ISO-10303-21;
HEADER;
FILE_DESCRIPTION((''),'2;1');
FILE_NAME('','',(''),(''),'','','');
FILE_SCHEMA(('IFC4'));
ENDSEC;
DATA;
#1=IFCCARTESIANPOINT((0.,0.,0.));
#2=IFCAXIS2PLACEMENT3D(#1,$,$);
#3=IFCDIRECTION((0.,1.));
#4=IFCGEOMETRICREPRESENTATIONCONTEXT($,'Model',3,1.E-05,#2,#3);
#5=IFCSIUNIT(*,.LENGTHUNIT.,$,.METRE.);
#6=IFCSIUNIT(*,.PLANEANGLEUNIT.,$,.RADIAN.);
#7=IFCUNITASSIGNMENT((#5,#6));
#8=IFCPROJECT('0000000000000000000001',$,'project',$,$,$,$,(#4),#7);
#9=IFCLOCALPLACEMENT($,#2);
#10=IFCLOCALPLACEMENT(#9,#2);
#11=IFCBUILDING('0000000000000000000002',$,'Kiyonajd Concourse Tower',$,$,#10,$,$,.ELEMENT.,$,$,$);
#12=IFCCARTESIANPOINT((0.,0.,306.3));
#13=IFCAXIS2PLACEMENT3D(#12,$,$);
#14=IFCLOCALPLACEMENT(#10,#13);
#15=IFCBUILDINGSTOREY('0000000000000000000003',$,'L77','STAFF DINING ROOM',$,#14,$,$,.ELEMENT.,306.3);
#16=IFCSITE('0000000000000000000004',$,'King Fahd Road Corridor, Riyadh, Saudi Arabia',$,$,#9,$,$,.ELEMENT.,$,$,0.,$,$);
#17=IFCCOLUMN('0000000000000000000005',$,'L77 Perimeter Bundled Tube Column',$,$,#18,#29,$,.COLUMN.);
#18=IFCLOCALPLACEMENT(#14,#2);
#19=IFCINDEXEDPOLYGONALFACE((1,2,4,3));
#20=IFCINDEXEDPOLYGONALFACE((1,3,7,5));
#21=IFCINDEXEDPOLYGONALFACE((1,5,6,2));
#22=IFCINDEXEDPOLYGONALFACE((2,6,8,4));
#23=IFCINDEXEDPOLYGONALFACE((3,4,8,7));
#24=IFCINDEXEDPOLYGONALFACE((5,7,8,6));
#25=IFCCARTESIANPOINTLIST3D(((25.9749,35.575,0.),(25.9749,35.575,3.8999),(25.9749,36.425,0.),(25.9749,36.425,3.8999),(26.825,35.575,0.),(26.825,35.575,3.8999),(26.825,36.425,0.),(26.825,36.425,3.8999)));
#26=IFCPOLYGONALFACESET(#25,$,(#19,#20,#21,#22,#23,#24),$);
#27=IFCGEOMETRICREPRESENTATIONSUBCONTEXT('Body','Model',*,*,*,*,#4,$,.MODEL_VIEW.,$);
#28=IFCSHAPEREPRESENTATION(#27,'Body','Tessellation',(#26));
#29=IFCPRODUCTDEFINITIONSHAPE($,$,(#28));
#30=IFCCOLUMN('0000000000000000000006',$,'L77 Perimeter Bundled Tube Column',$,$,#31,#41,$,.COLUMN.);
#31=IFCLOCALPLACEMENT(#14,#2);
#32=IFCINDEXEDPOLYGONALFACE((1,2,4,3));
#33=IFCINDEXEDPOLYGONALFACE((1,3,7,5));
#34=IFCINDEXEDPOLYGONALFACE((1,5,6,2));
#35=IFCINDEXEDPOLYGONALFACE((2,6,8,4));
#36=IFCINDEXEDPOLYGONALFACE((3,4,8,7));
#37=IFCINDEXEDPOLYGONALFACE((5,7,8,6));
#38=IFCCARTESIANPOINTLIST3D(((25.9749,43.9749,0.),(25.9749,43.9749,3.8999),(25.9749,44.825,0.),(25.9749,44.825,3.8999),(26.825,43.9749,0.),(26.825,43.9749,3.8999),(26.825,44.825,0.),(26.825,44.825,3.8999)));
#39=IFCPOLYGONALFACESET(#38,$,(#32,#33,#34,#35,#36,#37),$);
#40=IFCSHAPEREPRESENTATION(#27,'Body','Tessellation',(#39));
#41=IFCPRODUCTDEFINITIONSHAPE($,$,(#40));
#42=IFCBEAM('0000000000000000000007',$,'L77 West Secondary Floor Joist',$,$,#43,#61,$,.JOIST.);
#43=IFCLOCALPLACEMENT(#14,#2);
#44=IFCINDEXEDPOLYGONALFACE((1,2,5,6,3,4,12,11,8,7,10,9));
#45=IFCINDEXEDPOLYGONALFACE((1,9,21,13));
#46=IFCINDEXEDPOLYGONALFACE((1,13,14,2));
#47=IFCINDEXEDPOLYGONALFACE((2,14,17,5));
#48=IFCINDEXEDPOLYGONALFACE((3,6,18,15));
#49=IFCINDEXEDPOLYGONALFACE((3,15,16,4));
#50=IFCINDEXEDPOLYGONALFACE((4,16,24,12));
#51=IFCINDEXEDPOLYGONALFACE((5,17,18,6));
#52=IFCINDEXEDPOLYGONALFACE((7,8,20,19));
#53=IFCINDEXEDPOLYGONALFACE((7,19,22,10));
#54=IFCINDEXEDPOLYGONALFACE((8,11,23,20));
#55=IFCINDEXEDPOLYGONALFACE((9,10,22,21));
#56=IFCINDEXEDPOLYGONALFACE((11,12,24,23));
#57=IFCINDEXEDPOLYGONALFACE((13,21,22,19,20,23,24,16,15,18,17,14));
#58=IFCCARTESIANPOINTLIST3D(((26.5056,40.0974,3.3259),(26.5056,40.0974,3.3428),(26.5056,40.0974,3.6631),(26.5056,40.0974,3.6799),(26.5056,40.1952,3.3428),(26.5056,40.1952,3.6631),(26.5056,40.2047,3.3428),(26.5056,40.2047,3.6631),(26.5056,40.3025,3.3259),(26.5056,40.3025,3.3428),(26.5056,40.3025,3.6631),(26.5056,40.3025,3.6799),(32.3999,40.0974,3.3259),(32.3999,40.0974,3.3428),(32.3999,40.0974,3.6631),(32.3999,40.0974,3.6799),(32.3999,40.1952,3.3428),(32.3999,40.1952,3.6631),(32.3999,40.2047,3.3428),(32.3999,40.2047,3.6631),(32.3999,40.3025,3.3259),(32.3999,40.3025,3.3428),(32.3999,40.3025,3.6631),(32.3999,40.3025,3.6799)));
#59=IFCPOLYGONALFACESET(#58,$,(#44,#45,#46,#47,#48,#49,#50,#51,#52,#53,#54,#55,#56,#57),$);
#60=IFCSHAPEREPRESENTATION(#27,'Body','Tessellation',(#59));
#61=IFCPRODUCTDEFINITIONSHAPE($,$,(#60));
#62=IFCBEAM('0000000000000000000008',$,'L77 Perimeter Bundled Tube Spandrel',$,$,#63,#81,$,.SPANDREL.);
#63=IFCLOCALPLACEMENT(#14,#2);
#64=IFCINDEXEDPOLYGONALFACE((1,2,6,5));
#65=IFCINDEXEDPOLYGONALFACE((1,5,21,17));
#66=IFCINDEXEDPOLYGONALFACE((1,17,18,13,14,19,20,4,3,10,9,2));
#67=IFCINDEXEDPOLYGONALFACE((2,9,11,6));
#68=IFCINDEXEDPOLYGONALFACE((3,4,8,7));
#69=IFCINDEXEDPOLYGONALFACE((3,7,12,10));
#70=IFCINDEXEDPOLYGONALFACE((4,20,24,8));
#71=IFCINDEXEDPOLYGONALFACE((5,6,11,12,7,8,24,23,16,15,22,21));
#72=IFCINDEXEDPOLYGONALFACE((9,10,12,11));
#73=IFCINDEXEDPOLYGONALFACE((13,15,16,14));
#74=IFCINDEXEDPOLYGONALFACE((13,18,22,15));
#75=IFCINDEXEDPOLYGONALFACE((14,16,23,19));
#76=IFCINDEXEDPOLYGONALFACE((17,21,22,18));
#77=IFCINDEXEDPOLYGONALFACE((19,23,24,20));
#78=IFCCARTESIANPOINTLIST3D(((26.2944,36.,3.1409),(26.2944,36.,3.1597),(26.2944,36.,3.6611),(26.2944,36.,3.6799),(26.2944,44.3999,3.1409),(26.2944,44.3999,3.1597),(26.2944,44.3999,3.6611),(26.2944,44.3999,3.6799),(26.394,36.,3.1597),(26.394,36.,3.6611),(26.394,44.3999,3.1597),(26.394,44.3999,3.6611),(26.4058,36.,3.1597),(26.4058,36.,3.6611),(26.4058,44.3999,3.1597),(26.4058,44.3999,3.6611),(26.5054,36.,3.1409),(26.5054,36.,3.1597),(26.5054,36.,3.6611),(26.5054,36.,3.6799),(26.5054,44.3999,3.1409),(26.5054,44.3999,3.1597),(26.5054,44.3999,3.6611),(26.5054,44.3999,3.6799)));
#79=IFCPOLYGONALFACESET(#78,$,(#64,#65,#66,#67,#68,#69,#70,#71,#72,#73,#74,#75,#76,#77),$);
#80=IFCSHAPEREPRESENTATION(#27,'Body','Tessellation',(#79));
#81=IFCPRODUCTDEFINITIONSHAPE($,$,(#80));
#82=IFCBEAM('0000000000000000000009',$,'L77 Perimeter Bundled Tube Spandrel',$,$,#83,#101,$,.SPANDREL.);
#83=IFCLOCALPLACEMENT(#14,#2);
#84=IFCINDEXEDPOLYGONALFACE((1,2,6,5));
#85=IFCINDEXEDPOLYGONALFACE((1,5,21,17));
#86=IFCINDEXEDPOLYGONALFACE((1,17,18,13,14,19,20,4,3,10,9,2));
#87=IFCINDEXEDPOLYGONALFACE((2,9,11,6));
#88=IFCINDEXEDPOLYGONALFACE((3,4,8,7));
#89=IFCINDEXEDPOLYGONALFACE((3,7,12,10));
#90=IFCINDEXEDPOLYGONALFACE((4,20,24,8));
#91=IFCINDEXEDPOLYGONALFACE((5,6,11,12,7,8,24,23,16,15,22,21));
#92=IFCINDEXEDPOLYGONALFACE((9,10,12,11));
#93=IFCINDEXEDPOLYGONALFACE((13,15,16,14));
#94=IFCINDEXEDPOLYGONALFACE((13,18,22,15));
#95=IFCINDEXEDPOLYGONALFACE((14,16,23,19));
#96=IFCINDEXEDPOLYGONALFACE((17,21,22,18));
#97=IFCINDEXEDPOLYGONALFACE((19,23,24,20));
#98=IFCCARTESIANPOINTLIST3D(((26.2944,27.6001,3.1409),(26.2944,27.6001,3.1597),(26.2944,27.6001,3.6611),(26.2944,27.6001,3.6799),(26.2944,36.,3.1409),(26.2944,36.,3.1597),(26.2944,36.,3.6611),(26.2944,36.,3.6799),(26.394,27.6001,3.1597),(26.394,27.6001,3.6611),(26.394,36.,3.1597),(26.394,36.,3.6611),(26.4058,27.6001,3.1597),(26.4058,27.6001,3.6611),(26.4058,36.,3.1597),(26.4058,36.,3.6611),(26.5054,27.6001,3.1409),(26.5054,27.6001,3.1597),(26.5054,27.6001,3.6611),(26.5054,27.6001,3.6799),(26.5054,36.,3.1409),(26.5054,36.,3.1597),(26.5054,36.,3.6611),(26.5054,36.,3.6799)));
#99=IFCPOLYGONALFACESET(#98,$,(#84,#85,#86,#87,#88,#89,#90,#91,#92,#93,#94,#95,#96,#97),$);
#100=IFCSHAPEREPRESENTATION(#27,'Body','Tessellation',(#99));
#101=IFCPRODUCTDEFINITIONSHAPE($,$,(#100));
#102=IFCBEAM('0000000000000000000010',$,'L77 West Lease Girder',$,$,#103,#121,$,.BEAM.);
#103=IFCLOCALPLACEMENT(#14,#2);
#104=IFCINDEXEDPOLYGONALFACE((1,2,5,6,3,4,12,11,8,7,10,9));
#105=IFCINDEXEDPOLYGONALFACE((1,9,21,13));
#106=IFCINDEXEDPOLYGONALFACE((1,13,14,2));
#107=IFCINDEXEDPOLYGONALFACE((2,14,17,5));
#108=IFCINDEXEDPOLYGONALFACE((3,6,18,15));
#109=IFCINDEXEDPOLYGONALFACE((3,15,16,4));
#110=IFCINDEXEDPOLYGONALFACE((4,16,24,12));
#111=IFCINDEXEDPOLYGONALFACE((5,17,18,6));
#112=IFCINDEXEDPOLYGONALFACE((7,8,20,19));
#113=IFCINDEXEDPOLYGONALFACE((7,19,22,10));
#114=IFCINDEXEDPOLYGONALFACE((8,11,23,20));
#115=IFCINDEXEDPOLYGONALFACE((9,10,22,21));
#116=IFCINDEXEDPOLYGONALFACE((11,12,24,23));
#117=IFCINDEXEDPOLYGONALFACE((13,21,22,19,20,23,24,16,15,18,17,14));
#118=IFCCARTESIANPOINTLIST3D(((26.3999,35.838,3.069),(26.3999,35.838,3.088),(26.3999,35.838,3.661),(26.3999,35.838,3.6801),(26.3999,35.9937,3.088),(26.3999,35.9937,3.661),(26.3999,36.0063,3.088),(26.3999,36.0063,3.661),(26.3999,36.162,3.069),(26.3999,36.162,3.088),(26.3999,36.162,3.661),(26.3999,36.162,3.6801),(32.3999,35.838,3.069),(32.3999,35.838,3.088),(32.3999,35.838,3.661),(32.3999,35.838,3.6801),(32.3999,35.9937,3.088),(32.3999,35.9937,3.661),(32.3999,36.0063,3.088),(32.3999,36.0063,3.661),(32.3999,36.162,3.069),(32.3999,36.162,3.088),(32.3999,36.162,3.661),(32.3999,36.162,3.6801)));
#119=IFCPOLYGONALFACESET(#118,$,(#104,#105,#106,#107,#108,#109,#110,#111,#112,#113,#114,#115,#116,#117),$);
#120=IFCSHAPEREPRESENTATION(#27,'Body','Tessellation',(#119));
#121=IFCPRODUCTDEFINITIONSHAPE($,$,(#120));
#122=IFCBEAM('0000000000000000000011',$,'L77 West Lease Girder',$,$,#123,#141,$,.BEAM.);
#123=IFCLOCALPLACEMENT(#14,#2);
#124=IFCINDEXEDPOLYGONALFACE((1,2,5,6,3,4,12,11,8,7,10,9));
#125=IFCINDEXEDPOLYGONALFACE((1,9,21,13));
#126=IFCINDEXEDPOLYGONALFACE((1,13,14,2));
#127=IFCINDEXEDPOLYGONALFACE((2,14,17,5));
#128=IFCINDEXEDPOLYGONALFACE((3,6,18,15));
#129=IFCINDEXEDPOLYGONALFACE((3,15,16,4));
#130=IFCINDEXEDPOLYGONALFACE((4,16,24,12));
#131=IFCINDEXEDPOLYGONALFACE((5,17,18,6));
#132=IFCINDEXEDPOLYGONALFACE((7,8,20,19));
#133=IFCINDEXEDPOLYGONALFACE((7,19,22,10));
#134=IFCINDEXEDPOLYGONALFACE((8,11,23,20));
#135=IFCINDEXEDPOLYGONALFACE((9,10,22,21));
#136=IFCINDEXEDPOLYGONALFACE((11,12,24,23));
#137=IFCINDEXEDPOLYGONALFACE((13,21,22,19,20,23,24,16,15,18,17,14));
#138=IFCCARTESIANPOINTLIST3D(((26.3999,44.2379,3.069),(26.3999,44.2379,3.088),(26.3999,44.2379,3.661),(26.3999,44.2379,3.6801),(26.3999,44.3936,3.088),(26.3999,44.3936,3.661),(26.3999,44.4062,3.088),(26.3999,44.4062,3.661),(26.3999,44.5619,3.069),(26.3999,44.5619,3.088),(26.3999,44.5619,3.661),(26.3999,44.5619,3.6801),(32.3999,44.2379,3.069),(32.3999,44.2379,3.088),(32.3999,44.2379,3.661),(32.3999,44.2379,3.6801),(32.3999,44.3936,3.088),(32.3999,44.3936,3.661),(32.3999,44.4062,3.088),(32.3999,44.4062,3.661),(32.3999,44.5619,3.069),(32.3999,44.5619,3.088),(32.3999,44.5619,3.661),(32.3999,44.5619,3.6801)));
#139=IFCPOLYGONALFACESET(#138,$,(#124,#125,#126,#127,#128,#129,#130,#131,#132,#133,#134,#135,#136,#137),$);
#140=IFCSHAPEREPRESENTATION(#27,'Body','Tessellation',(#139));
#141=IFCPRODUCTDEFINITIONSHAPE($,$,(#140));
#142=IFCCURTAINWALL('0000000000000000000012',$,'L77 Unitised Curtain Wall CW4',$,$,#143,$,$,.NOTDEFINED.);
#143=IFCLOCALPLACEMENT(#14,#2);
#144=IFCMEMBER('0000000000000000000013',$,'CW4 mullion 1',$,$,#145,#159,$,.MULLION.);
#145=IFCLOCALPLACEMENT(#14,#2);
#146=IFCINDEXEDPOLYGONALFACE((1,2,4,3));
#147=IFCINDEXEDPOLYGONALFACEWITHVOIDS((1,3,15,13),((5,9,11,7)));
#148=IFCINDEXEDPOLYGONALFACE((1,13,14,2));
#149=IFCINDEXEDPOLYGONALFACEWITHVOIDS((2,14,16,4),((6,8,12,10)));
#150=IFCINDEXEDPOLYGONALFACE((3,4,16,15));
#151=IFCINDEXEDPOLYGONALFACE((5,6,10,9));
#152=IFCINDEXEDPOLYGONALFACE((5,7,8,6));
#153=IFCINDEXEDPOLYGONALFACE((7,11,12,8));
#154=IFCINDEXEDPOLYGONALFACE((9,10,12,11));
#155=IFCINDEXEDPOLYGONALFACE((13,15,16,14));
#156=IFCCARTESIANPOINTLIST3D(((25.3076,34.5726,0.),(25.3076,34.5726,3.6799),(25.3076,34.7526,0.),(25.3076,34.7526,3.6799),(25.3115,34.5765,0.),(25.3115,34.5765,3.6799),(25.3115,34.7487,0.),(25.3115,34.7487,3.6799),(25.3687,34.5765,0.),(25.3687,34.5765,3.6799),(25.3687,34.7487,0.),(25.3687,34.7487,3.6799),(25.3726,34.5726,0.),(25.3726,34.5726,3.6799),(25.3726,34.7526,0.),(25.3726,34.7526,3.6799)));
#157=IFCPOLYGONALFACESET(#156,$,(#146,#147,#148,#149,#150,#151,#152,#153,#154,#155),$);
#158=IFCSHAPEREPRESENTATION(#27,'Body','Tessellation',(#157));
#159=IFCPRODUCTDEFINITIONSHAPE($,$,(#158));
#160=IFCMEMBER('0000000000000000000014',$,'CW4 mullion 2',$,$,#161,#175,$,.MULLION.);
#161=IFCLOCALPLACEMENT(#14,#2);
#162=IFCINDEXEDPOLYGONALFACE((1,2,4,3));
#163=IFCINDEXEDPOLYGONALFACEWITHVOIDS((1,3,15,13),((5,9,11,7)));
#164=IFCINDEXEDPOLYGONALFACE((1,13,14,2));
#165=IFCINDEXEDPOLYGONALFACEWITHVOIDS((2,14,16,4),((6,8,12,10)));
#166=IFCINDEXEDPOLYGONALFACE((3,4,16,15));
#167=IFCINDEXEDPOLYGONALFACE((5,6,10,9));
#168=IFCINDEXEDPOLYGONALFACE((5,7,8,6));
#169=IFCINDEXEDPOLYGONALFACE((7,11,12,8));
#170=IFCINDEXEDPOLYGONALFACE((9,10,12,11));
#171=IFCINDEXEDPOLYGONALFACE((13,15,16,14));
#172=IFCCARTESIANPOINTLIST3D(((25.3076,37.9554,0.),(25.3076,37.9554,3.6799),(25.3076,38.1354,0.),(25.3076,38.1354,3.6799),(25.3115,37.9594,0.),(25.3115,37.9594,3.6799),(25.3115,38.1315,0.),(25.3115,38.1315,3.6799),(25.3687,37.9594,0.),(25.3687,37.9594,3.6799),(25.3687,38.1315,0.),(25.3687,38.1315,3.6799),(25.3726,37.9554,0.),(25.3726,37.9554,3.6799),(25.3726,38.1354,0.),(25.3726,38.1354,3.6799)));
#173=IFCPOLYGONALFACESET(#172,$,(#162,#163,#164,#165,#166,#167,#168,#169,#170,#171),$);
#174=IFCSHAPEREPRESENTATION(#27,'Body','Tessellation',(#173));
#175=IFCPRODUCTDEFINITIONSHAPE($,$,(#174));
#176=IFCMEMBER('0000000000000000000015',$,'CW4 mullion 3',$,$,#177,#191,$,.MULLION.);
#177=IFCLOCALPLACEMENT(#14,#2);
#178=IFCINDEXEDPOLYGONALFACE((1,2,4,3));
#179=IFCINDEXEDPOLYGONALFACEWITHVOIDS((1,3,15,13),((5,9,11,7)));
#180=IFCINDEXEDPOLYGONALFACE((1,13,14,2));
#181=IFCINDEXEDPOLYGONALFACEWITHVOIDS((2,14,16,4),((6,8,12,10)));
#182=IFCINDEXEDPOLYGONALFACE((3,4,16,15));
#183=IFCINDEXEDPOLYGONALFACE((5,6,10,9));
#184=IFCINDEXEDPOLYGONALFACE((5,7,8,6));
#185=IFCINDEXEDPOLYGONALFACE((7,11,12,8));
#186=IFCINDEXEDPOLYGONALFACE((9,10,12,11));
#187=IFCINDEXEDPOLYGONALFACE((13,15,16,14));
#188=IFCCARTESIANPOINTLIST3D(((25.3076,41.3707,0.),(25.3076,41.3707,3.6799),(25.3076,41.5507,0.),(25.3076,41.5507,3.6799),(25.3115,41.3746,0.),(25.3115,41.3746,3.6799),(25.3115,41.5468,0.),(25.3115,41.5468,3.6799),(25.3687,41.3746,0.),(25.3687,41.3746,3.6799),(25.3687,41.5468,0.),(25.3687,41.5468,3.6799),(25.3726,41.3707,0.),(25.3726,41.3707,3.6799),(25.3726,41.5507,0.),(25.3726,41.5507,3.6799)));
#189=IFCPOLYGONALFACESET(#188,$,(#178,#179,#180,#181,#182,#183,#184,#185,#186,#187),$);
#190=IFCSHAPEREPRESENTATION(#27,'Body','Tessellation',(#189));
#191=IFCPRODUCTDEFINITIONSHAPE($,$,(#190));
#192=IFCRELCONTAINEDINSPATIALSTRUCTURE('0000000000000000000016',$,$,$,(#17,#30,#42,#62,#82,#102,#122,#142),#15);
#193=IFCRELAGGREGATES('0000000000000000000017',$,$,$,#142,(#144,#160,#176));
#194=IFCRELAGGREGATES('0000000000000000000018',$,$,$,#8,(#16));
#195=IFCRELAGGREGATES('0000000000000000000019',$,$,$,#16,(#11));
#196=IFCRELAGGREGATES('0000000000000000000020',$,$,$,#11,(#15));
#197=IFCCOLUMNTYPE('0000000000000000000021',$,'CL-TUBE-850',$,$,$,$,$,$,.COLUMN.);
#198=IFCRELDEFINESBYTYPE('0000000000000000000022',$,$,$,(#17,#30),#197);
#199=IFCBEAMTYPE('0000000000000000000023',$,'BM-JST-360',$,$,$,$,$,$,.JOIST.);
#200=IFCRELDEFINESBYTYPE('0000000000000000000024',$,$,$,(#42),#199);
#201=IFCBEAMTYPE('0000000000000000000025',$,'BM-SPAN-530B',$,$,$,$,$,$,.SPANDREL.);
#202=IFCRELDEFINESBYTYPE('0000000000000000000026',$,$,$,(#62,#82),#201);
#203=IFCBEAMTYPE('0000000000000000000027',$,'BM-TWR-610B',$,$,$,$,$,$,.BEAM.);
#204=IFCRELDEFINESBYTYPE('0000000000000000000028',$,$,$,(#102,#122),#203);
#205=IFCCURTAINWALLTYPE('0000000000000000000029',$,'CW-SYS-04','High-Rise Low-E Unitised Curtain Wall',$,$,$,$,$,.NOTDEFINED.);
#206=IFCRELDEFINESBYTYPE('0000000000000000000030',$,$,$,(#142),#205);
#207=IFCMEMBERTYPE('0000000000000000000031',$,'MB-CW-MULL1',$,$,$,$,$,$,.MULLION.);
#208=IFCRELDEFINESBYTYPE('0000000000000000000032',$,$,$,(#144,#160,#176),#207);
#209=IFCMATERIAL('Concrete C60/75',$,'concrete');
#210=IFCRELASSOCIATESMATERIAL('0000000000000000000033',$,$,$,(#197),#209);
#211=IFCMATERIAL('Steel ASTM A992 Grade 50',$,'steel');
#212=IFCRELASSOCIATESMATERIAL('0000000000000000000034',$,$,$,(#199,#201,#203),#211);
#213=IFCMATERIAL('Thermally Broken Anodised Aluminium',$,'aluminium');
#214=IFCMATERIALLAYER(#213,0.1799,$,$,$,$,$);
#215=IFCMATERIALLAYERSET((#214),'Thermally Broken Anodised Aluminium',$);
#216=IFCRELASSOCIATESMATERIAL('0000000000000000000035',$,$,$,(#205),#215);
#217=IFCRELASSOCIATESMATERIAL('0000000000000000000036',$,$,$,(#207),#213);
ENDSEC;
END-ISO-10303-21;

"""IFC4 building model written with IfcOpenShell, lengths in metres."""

from ifc_helpers import new_model, si_unit, direction, frame, origin, origin_2d, place, context, subcontext, project, spatial, rectangle, hollow_rectangle, i_section, extrude, material, layer, layer_set, material_profile, profile_set, type_object, element, aggregate, save


model = new_model("IFC4")

# Units and contexts
model_context = context("Model", 3, precision=1e-05, world=origin(), true_north=direction((0.0, 1.0)))
body_context = subcontext(model_context, "Body", "Model", "MODEL_VIEW")
ifc_project = project(units=[si_unit("LENGTHUNIT", "METRE"), si_unit("PLANEANGLEUNIT", "RADIAN")], contexts=[model_context])

# Site, building, storey
site_placement = place(None, origin())
site = spatial("IfcSite", under=ifc_project, at=site_placement, Name="King Fahd Road Corridor, Riyadh, Saudi Arabia", CompositionType="ELEMENT", RefElevation=0.0)
building_placement = place(site_placement, origin())
building = spatial("IfcBuilding", under=site, at=building_placement, Name="Kiyonajd Concourse Tower", CompositionType="ELEMENT")
storey_placement = place(building_placement, frame((0.0, 0.0, 306.3)))
storey = spatial("IfcBuildingStorey", under=building, at=storey_placement, Name="L77", Description="STAFF DINING ROOM", CompositionType="ELEMENT", Elevation=306.3)

# Columns
ifc_material_1 = material(Name="Concrete C60/75", Category="concrete")
ifc_material_profile_1 = material_profile(ifc_material_1, rectangle(XDim=0.8501, YDim=0.8501, at=origin_2d()), Name="RC-850x850")
ifc_profile_set_1 = profile_set([ifc_material_profile_1], Name="Concrete C60/75")
column_type = type_object("IfcColumnType", Name="CL-TUBE-850", PredefinedType="COLUMN", material=ifc_profile_set_1)
for number, where, z_axis, x_axis, name in (
    (1, (26.3999, 36.0, 0.0), (0.0, 0.0, 1.0), (1.0, 0.0, 0.0), "L77 Perimeter Bundled Tube Column"),
    (2, (26.3999, 44.3999, 0.0), (0.0, 0.0, 1.0), (1.0, 0.0, 0.0), "L77 Perimeter Bundled Tube Column"),
):
    element("IfcColumn", number, at=place(storey_placement, frame(where, z_axis=z_axis, x_axis=x_axis)), inside=storey, type_object=column_type, Name=name, PredefinedType="COLUMN", context=body_context, shape_type="SweptSolid", body=[
        extrude(rectangle(XDim=0.8501, YDim=0.8501, at=origin_2d()), origin(), (0.0, 0.0, 1.0), 3.8999),
    ])

# Beams
ifc_material_2 = material(Name="Steel ASTM A992 Grade 50", Category="steel")
ifc_material_profile_2 = material_profile(ifc_material_2, i_section(OverallWidth=0.2051, OverallDepth=0.354, WebThickness=0.0095, FlangeThickness=0.0168, at=origin_2d()), Name="W360X79")
ifc_profile_set_2 = profile_set([ifc_material_profile_2], Name="Steel ASTM A992 Grade 50")
beam_type_1 = type_object("IfcBeamType", Name="BM-JST-360", PredefinedType="JOIST", material=ifc_profile_set_2)
beam_placement = place(storey_placement, frame((26.5056, 40.2, 3.5029), z_axis=(1.0, 0.0, 0.0), x_axis=(0.0, 1.0, 0.0)))
element("IfcBeam", 3, at=beam_placement, inside=storey, type_object=beam_type_1, Name="L77 West Secondary Floor Joist", PredefinedType="JOIST", context=body_context, shape_type="SweptSolid", body=[
    extrude(i_section(OverallWidth=0.2051, OverallDepth=0.354, WebThickness=0.0095, FlangeThickness=0.0168, at=origin_2d()), origin(), (0.0, 0.0, 1.0), 5.8943),
])
ifc_material_profile_3 = material_profile(ifc_material_2, i_section(OverallWidth=0.2109, OverallDepth=0.5391, WebThickness=0.0117, FlangeThickness=0.0188, at=origin_2d()), Name="W530X109")
ifc_profile_set_3 = profile_set([ifc_material_profile_3], Name="Steel ASTM A992 Grade 50")
beam_type_2 = type_object("IfcBeamType", Name="BM-SPAN-530B", PredefinedType="SPANDREL", material=ifc_profile_set_3)
for number, where, z_axis, x_axis, name in (
    (4, (26.3999, 44.3999, 3.4104), (0.0, -1.0, 0.0), (1.0, 0.0, 0.0), "L77 Perimeter Bundled Tube Spandrel"),
    (5, (26.3999, 36.0, 3.4104), (0.0, -1.0, 0.0), (1.0, 0.0, 0.0), "L77 Perimeter Bundled Tube Spandrel"),
):
    element("IfcBeam", number, at=place(storey_placement, frame(where, z_axis=z_axis, x_axis=x_axis)), inside=storey, type_object=beam_type_2, Name=name, PredefinedType="SPANDREL", context=body_context, shape_type="SweptSolid", body=[
        extrude(i_section(OverallWidth=0.2109, OverallDepth=0.5391, WebThickness=0.0117, FlangeThickness=0.0188, at=origin_2d()), origin(), (0.0, 0.0, 1.0), 8.3999),
    ])
ifc_material_profile_4 = material_profile(ifc_material_2, i_section(OverallWidth=0.324, OverallDepth=0.6111, WebThickness=0.0127, FlangeThickness=0.019, at=origin_2d()), Name="W610X155")
ifc_profile_set_4 = profile_set([ifc_material_profile_4], Name="Steel ASTM A992 Grade 50")
beam_type_3 = type_object("IfcBeamType", Name="BM-TWR-610B", PredefinedType="BEAM", material=ifc_profile_set_4)
for number, where, z_axis, x_axis, name in (
    (6, (26.3999, 36.0, 3.3745), (1.0, 0.0, 0.0), (0.0, 1.0, 0.0), "L77 West Lease Girder"),
    (7, (26.3999, 44.3999, 3.3745), (1.0, 0.0, 0.0), (0.0, 1.0, 0.0), "L77 West Lease Girder"),
):
    element("IfcBeam", number, at=place(storey_placement, frame(where, z_axis=z_axis, x_axis=x_axis)), inside=storey, type_object=beam_type_3, Name=name, PredefinedType="BEAM", context=body_context, shape_type="SweptSolid", body=[
        extrude(i_section(OverallWidth=0.324, OverallDepth=0.6111, WebThickness=0.0127, FlangeThickness=0.019, at=origin_2d()), origin(), (0.0, 0.0, 1.0), 6.0),
    ])

# Curtain wall, members
ifc_material_3 = material(Name="Thermally Broken Anodised Aluminium", Category="aluminium")
ifc_layer_1 = layer(ifc_material_3, 0.1799)
ifc_layer_set_1 = layer_set([ifc_layer_1], Name="Thermally Broken Anodised Aluminium")
curtain_wall_type = type_object("IfcCurtainWallType", Name="CW-SYS-04", Description="High-Rise Low-E Unitised Curtain Wall", PredefinedType="NOTDEFINED", material=ifc_layer_set_1)
curtain_wall_placement = place(storey_placement, origin())
curtain_wall = element("IfcCurtainWall", 8, at=curtain_wall_placement, inside=storey, type_object=curtain_wall_type, Name="L77 Unitised Curtain Wall CW4", PredefinedType="NOTDEFINED")
ifc_material_profile_5 = material_profile(ifc_material_3, hollow_rectangle(XDim=0.0649, YDim=0.1799, WallThickness=0.0039, at=origin_2d()), Name="MULL-65x180")
ifc_profile_set_5 = profile_set([ifc_material_profile_5], Name="Thermally Broken Anodised Aluminium")
member_type_1 = type_object("IfcMemberType", Name="MB-CW-MULL1", PredefinedType="MULLION", material=ifc_profile_set_5)
member_1_placement = place(storey_placement, frame((25.3401, 34.6626, 0.0), z_axis=(0.0, 0.0, 1.0), x_axis=(-1.0, 0.0, 0.0)))
member_1 = element("IfcMember", 9, at=member_1_placement, type_object=member_type_1, Name="CW4 mullion 1", PredefinedType="MULLION", context=body_context, shape_type="SweptSolid", body=[
    extrude(hollow_rectangle(XDim=0.0649, YDim=0.1799, WallThickness=0.0039, at=origin_2d()), origin(), (0.0, 0.0, 1.0), 3.6799),
])
member_2_placement = place(storey_placement, frame((25.3401, 38.0454, 0.0), z_axis=(0.0, 0.0, 1.0), x_axis=(-1.0, 0.0, 0.0)))
member_2 = element("IfcMember", 10, at=member_2_placement, type_object=member_type_1, Name="CW4 mullion 2", PredefinedType="MULLION", context=body_context, shape_type="SweptSolid", body=[
    extrude(hollow_rectangle(XDim=0.0649, YDim=0.1799, WallThickness=0.0039, at=origin_2d()), origin(), (0.0, 0.0, 1.0), 3.6799),
])
member_3_placement = place(storey_placement, frame((25.3401, 41.4607, 0.0), z_axis=(0.0, 0.0, 1.0), x_axis=(-1.0, 0.0, 0.0)))
member_3 = element("IfcMember", 11, at=member_3_placement, type_object=member_type_1, Name="CW4 mullion 3", PredefinedType="MULLION", context=body_context, shape_type="SweptSolid", body=[
    extrude(hollow_rectangle(XDim=0.0649, YDim=0.1799, WallThickness=0.0039, at=origin_2d()), origin(), (0.0, 0.0, 1.0), 3.6799),
])

aggregate(curtain_wall, [member_1, member_2, member_3])

save(model, "model.ifc")
